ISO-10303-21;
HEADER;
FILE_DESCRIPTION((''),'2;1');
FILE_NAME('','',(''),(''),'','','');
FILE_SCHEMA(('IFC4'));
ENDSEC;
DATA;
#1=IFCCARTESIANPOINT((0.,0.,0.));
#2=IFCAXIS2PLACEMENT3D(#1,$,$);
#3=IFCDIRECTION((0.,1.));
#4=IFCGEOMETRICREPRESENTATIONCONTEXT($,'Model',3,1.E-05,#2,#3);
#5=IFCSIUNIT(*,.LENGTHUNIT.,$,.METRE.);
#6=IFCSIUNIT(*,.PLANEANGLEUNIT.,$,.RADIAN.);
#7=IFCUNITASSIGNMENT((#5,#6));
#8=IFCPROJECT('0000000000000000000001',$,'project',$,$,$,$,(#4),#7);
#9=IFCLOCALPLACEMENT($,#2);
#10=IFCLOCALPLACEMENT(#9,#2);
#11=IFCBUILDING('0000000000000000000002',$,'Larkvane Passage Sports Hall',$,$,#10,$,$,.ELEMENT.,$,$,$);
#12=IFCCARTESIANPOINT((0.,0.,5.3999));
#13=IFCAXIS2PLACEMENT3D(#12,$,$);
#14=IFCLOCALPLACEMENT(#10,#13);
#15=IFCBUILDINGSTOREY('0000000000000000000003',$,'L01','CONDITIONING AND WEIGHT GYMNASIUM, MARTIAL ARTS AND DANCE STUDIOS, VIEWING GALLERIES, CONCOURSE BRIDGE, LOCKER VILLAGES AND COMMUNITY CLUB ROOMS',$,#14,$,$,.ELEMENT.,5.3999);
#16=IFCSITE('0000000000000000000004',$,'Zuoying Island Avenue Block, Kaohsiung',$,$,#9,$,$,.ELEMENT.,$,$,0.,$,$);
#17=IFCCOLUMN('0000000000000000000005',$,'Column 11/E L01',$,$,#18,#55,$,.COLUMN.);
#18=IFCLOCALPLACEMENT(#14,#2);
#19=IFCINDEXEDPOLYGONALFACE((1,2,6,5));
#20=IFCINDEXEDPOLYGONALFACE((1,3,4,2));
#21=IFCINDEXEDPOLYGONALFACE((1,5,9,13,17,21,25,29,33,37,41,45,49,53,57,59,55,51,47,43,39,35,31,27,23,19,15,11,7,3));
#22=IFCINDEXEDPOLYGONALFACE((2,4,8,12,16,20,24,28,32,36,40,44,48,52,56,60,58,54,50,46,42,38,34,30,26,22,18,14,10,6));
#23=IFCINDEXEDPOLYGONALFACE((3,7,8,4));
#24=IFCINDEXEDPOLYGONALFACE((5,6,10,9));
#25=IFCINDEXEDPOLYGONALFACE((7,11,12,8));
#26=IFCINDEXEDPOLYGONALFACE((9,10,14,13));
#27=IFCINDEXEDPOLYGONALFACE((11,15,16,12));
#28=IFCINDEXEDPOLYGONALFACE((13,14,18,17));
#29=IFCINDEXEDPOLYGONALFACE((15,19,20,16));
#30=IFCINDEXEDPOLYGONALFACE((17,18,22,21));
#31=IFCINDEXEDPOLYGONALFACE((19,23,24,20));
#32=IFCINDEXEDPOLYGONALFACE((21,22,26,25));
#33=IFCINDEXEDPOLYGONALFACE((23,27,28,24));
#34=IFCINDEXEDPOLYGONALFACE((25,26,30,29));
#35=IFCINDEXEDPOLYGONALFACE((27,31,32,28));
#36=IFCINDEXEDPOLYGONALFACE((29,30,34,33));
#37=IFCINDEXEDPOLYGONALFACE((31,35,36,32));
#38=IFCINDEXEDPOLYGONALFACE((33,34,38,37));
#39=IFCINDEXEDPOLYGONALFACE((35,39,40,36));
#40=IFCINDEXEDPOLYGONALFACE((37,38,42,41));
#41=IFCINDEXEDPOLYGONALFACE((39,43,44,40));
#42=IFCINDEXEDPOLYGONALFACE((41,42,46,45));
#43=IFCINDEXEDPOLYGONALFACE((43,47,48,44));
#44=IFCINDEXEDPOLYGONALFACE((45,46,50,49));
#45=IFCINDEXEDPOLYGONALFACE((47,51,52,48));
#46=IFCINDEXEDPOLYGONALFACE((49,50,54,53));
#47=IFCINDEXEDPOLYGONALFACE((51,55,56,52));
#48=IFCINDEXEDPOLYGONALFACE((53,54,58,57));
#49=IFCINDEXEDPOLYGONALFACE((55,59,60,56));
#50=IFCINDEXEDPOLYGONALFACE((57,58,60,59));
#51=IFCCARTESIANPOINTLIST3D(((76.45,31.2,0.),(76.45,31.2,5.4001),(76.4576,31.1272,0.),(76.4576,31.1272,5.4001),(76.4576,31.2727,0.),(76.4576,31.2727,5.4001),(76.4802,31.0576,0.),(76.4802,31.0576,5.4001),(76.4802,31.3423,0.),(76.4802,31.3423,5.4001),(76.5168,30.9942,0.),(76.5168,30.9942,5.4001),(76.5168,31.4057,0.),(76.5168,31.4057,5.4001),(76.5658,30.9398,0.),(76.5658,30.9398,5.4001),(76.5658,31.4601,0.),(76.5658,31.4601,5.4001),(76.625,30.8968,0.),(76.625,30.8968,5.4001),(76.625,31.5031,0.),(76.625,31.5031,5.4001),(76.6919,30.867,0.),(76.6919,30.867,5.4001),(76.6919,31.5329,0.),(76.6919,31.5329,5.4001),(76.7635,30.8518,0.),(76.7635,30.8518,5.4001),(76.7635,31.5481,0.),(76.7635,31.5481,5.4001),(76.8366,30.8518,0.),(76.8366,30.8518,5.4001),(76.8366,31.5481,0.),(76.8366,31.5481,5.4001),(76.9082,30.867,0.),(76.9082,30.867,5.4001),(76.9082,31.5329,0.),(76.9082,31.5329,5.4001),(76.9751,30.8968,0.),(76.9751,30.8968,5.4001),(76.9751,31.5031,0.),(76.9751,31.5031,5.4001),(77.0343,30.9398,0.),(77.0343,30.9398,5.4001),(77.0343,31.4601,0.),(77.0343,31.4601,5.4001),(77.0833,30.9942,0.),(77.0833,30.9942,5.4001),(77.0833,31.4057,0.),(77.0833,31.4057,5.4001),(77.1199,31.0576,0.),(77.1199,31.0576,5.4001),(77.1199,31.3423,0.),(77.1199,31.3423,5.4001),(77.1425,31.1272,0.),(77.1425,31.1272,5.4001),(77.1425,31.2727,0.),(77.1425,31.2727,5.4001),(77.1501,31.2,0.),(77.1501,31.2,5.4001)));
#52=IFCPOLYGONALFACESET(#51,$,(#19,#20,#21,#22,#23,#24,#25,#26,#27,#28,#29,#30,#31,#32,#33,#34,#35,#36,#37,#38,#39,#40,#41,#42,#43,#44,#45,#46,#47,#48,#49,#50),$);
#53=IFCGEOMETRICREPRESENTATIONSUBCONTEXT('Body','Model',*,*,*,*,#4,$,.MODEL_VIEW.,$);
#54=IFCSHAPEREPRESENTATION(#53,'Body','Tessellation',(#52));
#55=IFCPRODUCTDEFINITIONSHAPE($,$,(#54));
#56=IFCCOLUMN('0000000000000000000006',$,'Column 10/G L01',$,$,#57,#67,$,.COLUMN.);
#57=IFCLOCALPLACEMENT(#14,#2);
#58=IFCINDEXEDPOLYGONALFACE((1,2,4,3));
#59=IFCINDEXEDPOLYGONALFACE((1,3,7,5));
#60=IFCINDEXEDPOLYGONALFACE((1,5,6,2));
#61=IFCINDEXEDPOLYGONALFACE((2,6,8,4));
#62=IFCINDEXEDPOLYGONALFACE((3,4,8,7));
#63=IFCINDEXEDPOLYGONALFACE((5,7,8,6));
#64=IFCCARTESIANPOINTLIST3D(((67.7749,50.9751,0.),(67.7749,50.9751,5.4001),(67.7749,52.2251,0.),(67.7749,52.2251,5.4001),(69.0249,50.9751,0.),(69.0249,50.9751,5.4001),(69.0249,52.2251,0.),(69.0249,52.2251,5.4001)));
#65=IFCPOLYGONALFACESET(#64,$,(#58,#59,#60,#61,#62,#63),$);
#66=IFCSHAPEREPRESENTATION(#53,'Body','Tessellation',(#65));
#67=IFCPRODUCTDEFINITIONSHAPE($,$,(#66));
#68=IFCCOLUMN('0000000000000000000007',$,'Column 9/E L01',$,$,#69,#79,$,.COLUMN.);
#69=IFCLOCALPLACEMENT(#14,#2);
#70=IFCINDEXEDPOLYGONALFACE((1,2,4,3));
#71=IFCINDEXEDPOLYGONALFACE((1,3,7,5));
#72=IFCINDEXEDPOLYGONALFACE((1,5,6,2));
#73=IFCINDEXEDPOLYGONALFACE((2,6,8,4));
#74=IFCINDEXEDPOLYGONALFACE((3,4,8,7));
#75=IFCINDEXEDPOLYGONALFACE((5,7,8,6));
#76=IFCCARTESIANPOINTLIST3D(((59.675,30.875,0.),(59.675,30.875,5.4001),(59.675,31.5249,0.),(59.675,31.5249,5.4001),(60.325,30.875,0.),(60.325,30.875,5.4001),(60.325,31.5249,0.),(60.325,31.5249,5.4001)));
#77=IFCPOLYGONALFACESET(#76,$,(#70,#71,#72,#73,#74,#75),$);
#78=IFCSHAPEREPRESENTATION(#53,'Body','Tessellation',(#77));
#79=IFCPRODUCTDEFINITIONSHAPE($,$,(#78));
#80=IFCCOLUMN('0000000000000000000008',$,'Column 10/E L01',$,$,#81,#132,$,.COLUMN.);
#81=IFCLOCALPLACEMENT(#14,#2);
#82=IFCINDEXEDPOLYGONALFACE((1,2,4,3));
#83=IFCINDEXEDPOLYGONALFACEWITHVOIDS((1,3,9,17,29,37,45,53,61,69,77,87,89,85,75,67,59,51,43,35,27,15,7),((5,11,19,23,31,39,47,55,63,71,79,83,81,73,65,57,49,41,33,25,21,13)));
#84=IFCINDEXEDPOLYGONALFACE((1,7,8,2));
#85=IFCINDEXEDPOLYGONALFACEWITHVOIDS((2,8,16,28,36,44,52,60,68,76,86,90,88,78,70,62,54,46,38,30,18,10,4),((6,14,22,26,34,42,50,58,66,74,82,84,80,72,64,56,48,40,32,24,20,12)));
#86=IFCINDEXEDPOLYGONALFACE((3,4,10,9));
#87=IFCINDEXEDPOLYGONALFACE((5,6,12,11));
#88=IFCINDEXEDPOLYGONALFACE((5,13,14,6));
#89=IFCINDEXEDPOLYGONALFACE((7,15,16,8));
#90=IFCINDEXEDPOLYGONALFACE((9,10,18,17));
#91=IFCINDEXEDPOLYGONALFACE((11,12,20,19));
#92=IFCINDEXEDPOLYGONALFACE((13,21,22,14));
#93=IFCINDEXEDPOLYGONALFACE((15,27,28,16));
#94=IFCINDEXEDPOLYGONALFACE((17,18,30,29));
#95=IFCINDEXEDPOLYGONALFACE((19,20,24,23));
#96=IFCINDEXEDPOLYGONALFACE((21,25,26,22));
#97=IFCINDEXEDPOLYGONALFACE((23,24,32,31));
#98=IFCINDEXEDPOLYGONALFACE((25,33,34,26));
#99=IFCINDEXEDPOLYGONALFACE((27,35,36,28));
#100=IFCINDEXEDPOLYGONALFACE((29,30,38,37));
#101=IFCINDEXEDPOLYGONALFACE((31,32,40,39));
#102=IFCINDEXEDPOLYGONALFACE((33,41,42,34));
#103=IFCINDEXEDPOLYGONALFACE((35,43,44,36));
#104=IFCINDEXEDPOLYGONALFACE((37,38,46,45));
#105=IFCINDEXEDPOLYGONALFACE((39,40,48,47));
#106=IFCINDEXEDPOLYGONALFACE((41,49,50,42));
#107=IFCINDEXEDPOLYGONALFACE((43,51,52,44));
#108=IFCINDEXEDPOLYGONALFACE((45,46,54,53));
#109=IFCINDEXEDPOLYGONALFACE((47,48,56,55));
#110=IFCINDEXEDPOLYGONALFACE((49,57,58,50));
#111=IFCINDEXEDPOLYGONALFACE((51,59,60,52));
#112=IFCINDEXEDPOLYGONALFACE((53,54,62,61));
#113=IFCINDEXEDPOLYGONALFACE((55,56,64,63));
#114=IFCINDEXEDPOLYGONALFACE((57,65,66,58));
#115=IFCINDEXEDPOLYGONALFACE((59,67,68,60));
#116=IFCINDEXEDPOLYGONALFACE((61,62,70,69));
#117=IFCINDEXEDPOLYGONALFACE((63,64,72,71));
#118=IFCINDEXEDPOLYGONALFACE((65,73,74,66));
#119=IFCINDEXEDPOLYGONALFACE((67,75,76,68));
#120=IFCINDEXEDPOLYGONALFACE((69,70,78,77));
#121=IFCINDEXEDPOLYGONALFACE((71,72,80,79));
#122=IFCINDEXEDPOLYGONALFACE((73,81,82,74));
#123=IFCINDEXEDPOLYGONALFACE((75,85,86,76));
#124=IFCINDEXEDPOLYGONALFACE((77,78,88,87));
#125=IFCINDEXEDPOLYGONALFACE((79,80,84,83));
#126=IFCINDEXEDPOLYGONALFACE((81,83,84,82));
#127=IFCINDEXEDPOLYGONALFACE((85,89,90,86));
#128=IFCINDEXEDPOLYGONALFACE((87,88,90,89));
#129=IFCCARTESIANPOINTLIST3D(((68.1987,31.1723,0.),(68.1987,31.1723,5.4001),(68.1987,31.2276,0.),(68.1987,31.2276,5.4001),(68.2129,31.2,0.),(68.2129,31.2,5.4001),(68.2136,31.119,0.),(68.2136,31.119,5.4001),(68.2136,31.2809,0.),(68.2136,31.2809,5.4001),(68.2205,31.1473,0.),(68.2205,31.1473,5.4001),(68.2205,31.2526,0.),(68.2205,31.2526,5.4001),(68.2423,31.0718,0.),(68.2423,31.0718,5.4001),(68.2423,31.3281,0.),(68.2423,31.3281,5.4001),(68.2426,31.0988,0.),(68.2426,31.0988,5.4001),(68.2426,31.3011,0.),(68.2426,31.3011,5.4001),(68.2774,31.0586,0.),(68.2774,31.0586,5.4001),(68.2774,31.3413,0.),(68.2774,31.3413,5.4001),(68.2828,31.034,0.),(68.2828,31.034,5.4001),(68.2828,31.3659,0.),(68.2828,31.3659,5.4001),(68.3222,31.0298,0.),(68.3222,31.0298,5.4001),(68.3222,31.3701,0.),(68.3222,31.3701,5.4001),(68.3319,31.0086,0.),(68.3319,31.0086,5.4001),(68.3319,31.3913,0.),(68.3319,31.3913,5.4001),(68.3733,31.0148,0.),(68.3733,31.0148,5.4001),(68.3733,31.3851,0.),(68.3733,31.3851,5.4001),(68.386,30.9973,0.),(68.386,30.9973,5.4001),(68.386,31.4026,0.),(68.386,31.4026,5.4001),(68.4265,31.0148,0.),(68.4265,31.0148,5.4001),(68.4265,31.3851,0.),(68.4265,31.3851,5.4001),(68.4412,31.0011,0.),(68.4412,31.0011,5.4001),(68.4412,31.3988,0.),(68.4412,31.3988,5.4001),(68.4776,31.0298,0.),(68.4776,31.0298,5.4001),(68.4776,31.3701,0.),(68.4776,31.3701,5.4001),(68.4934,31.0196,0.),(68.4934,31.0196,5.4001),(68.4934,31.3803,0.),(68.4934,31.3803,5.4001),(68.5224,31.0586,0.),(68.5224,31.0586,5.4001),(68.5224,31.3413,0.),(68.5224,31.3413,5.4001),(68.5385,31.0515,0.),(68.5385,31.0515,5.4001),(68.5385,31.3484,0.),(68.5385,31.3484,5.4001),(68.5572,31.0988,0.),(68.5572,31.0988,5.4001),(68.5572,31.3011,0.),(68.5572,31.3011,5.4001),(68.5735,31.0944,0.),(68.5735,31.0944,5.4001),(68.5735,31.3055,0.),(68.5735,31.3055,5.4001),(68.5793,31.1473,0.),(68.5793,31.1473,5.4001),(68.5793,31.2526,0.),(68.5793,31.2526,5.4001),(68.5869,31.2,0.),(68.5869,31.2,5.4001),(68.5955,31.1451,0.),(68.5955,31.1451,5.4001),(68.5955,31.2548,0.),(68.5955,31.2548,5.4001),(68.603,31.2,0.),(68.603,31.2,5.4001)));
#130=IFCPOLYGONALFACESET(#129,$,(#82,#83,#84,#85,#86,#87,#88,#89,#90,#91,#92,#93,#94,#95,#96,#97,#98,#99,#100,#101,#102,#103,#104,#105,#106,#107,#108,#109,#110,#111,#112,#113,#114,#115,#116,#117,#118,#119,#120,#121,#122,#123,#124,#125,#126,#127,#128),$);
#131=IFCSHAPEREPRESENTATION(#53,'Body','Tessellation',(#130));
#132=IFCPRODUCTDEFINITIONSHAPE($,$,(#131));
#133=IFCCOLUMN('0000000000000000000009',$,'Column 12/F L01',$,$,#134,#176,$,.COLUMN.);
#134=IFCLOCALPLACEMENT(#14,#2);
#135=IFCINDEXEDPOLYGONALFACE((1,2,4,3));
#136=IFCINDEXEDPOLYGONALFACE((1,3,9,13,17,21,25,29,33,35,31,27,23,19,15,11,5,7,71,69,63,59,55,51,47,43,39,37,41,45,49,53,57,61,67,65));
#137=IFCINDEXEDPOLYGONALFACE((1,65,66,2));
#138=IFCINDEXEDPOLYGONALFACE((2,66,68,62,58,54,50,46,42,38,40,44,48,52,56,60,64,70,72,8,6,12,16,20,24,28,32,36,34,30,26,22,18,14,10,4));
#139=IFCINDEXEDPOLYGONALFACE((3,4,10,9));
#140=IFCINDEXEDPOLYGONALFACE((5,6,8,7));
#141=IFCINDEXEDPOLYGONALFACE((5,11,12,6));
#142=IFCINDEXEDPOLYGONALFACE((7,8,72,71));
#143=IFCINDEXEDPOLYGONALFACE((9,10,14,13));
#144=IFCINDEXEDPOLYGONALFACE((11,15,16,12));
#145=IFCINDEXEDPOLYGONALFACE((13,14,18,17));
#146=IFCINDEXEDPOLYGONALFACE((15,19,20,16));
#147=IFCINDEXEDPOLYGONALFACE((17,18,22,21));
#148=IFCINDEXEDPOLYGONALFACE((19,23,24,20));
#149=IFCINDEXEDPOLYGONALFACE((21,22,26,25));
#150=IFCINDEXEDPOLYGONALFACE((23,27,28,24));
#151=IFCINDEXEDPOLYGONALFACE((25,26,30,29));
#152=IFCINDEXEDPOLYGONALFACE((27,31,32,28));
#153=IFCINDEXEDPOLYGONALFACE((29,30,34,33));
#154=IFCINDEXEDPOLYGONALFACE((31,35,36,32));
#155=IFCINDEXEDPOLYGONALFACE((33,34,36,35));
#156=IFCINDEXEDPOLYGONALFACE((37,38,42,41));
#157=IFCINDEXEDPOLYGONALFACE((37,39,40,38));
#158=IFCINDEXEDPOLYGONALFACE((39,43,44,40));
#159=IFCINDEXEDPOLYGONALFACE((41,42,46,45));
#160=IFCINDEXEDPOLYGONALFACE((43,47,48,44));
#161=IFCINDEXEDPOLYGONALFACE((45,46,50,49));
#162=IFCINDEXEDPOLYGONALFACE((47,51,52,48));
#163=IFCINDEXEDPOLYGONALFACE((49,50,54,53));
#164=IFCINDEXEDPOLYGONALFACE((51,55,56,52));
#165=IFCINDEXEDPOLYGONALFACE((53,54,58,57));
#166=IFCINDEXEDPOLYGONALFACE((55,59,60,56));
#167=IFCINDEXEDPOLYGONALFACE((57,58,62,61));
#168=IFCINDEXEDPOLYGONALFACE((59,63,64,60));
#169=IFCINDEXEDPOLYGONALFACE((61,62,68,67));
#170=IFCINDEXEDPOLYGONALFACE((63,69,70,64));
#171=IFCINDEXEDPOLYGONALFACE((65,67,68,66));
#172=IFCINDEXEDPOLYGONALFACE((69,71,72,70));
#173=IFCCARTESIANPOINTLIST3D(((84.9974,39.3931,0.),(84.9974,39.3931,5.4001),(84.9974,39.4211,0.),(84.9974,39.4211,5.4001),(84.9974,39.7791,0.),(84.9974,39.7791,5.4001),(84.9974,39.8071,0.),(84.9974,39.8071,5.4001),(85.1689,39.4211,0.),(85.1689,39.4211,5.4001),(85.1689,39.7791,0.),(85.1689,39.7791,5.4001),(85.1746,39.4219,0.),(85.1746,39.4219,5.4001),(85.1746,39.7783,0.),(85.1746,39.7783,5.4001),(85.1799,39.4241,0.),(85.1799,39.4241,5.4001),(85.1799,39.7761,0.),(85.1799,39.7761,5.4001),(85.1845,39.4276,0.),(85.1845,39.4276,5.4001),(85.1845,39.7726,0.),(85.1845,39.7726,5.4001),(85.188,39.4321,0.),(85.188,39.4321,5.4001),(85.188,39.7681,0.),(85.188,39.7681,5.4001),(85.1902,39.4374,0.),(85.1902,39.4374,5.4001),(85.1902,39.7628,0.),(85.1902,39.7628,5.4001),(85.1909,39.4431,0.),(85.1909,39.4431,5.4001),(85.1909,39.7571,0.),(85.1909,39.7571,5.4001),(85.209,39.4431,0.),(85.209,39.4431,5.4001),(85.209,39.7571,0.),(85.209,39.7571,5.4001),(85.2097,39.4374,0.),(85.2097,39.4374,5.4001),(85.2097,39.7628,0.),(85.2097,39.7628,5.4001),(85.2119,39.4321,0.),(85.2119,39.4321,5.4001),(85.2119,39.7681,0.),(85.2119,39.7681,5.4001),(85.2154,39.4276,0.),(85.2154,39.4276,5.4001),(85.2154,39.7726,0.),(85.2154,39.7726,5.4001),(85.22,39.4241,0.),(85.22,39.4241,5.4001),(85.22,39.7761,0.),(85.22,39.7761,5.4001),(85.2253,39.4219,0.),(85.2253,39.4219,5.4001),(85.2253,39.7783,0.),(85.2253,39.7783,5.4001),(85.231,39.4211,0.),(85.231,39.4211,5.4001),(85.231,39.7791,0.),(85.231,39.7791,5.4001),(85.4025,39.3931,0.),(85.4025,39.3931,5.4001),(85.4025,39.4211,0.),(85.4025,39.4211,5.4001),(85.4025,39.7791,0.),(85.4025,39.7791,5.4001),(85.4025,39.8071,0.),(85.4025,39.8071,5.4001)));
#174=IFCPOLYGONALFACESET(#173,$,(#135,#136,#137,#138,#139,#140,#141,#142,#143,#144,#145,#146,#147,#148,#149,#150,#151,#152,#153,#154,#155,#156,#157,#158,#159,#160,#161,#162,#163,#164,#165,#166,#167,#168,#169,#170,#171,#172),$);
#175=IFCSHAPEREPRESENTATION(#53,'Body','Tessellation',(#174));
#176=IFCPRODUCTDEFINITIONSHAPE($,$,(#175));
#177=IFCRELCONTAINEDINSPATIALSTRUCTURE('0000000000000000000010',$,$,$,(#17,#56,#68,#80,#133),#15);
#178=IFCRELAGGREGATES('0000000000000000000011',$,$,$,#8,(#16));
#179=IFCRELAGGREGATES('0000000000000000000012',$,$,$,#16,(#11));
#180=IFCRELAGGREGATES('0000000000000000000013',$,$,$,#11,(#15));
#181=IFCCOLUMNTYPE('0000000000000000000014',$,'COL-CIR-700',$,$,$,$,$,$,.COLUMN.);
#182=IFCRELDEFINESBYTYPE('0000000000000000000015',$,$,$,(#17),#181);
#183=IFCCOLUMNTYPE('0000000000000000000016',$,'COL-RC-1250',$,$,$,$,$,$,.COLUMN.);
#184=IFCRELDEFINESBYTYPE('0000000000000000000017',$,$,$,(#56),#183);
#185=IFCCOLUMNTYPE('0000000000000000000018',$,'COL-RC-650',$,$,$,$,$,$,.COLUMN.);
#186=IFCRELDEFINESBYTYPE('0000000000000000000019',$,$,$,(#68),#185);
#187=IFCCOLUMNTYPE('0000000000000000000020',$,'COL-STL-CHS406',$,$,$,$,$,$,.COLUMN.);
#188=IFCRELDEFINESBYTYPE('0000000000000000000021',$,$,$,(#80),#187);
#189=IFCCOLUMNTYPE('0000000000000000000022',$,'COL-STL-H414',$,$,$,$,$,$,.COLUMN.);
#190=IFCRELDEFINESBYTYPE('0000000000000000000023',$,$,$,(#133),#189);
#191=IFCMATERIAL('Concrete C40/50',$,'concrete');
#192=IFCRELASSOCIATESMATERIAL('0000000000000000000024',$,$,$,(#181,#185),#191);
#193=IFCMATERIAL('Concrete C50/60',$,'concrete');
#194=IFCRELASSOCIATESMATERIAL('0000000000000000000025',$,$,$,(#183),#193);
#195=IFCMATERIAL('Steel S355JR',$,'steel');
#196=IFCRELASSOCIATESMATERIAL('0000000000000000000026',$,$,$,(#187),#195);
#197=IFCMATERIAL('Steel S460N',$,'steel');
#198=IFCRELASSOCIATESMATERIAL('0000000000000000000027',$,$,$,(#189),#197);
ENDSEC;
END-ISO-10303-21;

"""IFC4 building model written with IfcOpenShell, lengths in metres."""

from ifc_helpers import new_model, si_unit, direction, frame, origin, origin_2d, place, context, subcontext, project, spatial, rectangle, circle, hollow_circle, i_section, extrude, material, material_profile, profile_set, type_object, element, save


model = new_model("IFC4")

# Units and contexts
model_context = context("Model", 3, precision=1e-05, world=origin(), true_north=direction((0.0, 1.0)))
body_context = subcontext(model_context, "Body", "Model", "MODEL_VIEW")
ifc_project = project(units=[si_unit("LENGTHUNIT", "METRE"), si_unit("PLANEANGLEUNIT", "RADIAN")], contexts=[model_context])

# Site, building, storey
site_placement = place(None, origin())
site = spatial("IfcSite", under=ifc_project, at=site_placement, Name="Zuoying Island Avenue Block, Kaohsiung", CompositionType="ELEMENT", RefElevation=0.0)
building_placement = place(site_placement, origin())
building = spatial("IfcBuilding", under=site, at=building_placement, Name="Larkvane Passage Sports Hall", CompositionType="ELEMENT")
storey_placement = place(building_placement, frame((0.0, 0.0, 5.3999)))
storey = spatial("IfcBuildingStorey", under=building, at=storey_placement, Name="L01", Description="CONDITIONING AND WEIGHT GYMNASIUM, MARTIAL ARTS AND DANCE STUDIOS, VIEWING GALLERIES, CONCOURSE BRIDGE, LOCKER VILLAGES AND COMMUNITY CLUB ROOMS", CompositionType="ELEMENT", Elevation=5.3999)

# Columns
ifc_material_1 = material(Name="Concrete C40/50", Category="concrete")
ifc_material_profile_1 = material_profile(ifc_material_1, circle(Radius=0.3501, at=origin_2d()), Name="RC-CIR-700")
ifc_profile_set_1 = profile_set([ifc_material_profile_1], Name="Concrete C40/50")
column_type_1 = type_object("IfcColumnType", Name="COL-CIR-700", PredefinedType="COLUMN", material=ifc_profile_set_1)
column_1_placement = place(storey_placement, frame((76.8, 31.2, 0.0), z_axis=(0.0, 0.0, 1.0), x_axis=(1.0, 0.0, 0.0)))
element("IfcColumn", 1, at=column_1_placement, inside=storey, type_object=column_type_1, Name="Column 11/E L01", PredefinedType="COLUMN", context=body_context, shape_type="SweptSolid", body=[
    extrude(circle(Radius=0.3501, at=origin_2d()), origin(), (0.0, 0.0, 1.0), 5.4001),
])
ifc_material_2 = material(Name="Concrete C50/60", Category="concrete")
ifc_material_profile_2 = material_profile(ifc_material_2, rectangle(XDim=1.25, YDim=1.25, at=origin_2d()), Name="RC-COL-1250x1250")
ifc_profile_set_2 = profile_set([ifc_material_profile_2], Name="Concrete C50/60")
column_type_2 = type_object("IfcColumnType", Name="COL-RC-1250", PredefinedType="COLUMN", material=ifc_profile_set_2)
column_2_placement = place(storey_placement, frame((68.3999, 51.6001, 0.0), z_axis=(0.0, 0.0, 1.0), x_axis=(1.0, 0.0, 0.0)))
element("IfcColumn", 2, at=column_2_placement, inside=storey, type_object=column_type_2, Name="Column 10/G L01", PredefinedType="COLUMN", context=body_context, shape_type="SweptSolid", body=[
    extrude(rectangle(XDim=1.25, YDim=1.25, at=origin_2d()), origin(), (0.0, 0.0, 1.0), 5.4001),
])
ifc_material_profile_3 = material_profile(ifc_material_1, rectangle(XDim=0.6499, YDim=0.6499, at=origin_2d()), Name="RC-COL-650x650")
ifc_profile_set_3 = profile_set([ifc_material_profile_3], Name="Concrete C40/50")
column_type_3 = type_object("IfcColumnType", Name="COL-RC-650", PredefinedType="COLUMN", material=ifc_profile_set_3)
column_3_placement = place(storey_placement, frame((60.0, 31.2, 0.0), z_axis=(0.0, 0.0, 1.0), x_axis=(1.0, 0.0, 0.0)))
element("IfcColumn", 3, at=column_3_placement, inside=storey, type_object=column_type_3, Name="Column 9/E L01", PredefinedType="COLUMN", context=body_context, shape_type="SweptSolid", body=[
    extrude(rectangle(XDim=0.6499, YDim=0.6499, at=origin_2d()), origin(), (0.0, 0.0, 1.0), 5.4001),
])
ifc_material_3 = material(Name="Steel S355JR", Category="steel")
ifc_material_profile_4 = material_profile(ifc_material_3, hollow_circle(Radius=0.2031, WallThickness=0.0161, at=origin_2d()), Name="CHS-406.4x16.0")
ifc_profile_set_4 = profile_set([ifc_material_profile_4], Name="Steel S355JR")
column_type_4 = type_object("IfcColumnType", Name="COL-STL-CHS406", PredefinedType="COLUMN", material=ifc_profile_set_4)
column_4_placement = place(storey_placement, frame((68.3999, 31.2, 0.0), z_axis=(0.0, 0.0, 1.0), x_axis=(1.0, 0.0, 0.0)))
element("IfcColumn", 4, at=column_4_placement, inside=storey, type_object=column_type_4, Name="Column 10/E L01", PredefinedType="COLUMN", context=body_context, shape_type="SweptSolid", body=[
    extrude(hollow_circle(Radius=0.2031, WallThickness=0.0161, at=origin_2d()), origin(), (0.0, 0.0, 1.0), 5.4001),
])
ifc_material_4 = material(Name="Steel S460N", Category="steel")
ifc_material_profile_5 = material_profile(ifc_material_4, i_section(OverallWidth=0.405, OverallDepth=0.4141, WebThickness=0.0181, FlangeThickness=0.0281, FilletRadius=0.022, at=origin_2d()), Name="H-414x405x18x28")
ifc_profile_set_5 = profile_set([ifc_material_profile_5], Name="Steel S460N")
column_type_5 = type_object("IfcColumnType", Name="COL-STL-H414", PredefinedType="COLUMN", material=ifc_profile_set_5)
column_5_placement = place(storey_placement, frame((85.2, 39.6001, 0.0), z_axis=(0.0, 0.0, 1.0), x_axis=(1.0, 0.0, 0.0)))
element("IfcColumn", 5, at=column_5_placement, inside=storey, type_object=column_type_5, Name="Column 12/F L01", PredefinedType="COLUMN", context=body_context, shape_type="SweptSolid", body=[
    extrude(i_section(OverallWidth=0.405, OverallDepth=0.4141, WebThickness=0.0181, FlangeThickness=0.0281, FilletRadius=0.022, at=origin_2d()), origin(), (0.0, 0.0, 1.0), 5.4001),
])

save(model, "model.ifc")
